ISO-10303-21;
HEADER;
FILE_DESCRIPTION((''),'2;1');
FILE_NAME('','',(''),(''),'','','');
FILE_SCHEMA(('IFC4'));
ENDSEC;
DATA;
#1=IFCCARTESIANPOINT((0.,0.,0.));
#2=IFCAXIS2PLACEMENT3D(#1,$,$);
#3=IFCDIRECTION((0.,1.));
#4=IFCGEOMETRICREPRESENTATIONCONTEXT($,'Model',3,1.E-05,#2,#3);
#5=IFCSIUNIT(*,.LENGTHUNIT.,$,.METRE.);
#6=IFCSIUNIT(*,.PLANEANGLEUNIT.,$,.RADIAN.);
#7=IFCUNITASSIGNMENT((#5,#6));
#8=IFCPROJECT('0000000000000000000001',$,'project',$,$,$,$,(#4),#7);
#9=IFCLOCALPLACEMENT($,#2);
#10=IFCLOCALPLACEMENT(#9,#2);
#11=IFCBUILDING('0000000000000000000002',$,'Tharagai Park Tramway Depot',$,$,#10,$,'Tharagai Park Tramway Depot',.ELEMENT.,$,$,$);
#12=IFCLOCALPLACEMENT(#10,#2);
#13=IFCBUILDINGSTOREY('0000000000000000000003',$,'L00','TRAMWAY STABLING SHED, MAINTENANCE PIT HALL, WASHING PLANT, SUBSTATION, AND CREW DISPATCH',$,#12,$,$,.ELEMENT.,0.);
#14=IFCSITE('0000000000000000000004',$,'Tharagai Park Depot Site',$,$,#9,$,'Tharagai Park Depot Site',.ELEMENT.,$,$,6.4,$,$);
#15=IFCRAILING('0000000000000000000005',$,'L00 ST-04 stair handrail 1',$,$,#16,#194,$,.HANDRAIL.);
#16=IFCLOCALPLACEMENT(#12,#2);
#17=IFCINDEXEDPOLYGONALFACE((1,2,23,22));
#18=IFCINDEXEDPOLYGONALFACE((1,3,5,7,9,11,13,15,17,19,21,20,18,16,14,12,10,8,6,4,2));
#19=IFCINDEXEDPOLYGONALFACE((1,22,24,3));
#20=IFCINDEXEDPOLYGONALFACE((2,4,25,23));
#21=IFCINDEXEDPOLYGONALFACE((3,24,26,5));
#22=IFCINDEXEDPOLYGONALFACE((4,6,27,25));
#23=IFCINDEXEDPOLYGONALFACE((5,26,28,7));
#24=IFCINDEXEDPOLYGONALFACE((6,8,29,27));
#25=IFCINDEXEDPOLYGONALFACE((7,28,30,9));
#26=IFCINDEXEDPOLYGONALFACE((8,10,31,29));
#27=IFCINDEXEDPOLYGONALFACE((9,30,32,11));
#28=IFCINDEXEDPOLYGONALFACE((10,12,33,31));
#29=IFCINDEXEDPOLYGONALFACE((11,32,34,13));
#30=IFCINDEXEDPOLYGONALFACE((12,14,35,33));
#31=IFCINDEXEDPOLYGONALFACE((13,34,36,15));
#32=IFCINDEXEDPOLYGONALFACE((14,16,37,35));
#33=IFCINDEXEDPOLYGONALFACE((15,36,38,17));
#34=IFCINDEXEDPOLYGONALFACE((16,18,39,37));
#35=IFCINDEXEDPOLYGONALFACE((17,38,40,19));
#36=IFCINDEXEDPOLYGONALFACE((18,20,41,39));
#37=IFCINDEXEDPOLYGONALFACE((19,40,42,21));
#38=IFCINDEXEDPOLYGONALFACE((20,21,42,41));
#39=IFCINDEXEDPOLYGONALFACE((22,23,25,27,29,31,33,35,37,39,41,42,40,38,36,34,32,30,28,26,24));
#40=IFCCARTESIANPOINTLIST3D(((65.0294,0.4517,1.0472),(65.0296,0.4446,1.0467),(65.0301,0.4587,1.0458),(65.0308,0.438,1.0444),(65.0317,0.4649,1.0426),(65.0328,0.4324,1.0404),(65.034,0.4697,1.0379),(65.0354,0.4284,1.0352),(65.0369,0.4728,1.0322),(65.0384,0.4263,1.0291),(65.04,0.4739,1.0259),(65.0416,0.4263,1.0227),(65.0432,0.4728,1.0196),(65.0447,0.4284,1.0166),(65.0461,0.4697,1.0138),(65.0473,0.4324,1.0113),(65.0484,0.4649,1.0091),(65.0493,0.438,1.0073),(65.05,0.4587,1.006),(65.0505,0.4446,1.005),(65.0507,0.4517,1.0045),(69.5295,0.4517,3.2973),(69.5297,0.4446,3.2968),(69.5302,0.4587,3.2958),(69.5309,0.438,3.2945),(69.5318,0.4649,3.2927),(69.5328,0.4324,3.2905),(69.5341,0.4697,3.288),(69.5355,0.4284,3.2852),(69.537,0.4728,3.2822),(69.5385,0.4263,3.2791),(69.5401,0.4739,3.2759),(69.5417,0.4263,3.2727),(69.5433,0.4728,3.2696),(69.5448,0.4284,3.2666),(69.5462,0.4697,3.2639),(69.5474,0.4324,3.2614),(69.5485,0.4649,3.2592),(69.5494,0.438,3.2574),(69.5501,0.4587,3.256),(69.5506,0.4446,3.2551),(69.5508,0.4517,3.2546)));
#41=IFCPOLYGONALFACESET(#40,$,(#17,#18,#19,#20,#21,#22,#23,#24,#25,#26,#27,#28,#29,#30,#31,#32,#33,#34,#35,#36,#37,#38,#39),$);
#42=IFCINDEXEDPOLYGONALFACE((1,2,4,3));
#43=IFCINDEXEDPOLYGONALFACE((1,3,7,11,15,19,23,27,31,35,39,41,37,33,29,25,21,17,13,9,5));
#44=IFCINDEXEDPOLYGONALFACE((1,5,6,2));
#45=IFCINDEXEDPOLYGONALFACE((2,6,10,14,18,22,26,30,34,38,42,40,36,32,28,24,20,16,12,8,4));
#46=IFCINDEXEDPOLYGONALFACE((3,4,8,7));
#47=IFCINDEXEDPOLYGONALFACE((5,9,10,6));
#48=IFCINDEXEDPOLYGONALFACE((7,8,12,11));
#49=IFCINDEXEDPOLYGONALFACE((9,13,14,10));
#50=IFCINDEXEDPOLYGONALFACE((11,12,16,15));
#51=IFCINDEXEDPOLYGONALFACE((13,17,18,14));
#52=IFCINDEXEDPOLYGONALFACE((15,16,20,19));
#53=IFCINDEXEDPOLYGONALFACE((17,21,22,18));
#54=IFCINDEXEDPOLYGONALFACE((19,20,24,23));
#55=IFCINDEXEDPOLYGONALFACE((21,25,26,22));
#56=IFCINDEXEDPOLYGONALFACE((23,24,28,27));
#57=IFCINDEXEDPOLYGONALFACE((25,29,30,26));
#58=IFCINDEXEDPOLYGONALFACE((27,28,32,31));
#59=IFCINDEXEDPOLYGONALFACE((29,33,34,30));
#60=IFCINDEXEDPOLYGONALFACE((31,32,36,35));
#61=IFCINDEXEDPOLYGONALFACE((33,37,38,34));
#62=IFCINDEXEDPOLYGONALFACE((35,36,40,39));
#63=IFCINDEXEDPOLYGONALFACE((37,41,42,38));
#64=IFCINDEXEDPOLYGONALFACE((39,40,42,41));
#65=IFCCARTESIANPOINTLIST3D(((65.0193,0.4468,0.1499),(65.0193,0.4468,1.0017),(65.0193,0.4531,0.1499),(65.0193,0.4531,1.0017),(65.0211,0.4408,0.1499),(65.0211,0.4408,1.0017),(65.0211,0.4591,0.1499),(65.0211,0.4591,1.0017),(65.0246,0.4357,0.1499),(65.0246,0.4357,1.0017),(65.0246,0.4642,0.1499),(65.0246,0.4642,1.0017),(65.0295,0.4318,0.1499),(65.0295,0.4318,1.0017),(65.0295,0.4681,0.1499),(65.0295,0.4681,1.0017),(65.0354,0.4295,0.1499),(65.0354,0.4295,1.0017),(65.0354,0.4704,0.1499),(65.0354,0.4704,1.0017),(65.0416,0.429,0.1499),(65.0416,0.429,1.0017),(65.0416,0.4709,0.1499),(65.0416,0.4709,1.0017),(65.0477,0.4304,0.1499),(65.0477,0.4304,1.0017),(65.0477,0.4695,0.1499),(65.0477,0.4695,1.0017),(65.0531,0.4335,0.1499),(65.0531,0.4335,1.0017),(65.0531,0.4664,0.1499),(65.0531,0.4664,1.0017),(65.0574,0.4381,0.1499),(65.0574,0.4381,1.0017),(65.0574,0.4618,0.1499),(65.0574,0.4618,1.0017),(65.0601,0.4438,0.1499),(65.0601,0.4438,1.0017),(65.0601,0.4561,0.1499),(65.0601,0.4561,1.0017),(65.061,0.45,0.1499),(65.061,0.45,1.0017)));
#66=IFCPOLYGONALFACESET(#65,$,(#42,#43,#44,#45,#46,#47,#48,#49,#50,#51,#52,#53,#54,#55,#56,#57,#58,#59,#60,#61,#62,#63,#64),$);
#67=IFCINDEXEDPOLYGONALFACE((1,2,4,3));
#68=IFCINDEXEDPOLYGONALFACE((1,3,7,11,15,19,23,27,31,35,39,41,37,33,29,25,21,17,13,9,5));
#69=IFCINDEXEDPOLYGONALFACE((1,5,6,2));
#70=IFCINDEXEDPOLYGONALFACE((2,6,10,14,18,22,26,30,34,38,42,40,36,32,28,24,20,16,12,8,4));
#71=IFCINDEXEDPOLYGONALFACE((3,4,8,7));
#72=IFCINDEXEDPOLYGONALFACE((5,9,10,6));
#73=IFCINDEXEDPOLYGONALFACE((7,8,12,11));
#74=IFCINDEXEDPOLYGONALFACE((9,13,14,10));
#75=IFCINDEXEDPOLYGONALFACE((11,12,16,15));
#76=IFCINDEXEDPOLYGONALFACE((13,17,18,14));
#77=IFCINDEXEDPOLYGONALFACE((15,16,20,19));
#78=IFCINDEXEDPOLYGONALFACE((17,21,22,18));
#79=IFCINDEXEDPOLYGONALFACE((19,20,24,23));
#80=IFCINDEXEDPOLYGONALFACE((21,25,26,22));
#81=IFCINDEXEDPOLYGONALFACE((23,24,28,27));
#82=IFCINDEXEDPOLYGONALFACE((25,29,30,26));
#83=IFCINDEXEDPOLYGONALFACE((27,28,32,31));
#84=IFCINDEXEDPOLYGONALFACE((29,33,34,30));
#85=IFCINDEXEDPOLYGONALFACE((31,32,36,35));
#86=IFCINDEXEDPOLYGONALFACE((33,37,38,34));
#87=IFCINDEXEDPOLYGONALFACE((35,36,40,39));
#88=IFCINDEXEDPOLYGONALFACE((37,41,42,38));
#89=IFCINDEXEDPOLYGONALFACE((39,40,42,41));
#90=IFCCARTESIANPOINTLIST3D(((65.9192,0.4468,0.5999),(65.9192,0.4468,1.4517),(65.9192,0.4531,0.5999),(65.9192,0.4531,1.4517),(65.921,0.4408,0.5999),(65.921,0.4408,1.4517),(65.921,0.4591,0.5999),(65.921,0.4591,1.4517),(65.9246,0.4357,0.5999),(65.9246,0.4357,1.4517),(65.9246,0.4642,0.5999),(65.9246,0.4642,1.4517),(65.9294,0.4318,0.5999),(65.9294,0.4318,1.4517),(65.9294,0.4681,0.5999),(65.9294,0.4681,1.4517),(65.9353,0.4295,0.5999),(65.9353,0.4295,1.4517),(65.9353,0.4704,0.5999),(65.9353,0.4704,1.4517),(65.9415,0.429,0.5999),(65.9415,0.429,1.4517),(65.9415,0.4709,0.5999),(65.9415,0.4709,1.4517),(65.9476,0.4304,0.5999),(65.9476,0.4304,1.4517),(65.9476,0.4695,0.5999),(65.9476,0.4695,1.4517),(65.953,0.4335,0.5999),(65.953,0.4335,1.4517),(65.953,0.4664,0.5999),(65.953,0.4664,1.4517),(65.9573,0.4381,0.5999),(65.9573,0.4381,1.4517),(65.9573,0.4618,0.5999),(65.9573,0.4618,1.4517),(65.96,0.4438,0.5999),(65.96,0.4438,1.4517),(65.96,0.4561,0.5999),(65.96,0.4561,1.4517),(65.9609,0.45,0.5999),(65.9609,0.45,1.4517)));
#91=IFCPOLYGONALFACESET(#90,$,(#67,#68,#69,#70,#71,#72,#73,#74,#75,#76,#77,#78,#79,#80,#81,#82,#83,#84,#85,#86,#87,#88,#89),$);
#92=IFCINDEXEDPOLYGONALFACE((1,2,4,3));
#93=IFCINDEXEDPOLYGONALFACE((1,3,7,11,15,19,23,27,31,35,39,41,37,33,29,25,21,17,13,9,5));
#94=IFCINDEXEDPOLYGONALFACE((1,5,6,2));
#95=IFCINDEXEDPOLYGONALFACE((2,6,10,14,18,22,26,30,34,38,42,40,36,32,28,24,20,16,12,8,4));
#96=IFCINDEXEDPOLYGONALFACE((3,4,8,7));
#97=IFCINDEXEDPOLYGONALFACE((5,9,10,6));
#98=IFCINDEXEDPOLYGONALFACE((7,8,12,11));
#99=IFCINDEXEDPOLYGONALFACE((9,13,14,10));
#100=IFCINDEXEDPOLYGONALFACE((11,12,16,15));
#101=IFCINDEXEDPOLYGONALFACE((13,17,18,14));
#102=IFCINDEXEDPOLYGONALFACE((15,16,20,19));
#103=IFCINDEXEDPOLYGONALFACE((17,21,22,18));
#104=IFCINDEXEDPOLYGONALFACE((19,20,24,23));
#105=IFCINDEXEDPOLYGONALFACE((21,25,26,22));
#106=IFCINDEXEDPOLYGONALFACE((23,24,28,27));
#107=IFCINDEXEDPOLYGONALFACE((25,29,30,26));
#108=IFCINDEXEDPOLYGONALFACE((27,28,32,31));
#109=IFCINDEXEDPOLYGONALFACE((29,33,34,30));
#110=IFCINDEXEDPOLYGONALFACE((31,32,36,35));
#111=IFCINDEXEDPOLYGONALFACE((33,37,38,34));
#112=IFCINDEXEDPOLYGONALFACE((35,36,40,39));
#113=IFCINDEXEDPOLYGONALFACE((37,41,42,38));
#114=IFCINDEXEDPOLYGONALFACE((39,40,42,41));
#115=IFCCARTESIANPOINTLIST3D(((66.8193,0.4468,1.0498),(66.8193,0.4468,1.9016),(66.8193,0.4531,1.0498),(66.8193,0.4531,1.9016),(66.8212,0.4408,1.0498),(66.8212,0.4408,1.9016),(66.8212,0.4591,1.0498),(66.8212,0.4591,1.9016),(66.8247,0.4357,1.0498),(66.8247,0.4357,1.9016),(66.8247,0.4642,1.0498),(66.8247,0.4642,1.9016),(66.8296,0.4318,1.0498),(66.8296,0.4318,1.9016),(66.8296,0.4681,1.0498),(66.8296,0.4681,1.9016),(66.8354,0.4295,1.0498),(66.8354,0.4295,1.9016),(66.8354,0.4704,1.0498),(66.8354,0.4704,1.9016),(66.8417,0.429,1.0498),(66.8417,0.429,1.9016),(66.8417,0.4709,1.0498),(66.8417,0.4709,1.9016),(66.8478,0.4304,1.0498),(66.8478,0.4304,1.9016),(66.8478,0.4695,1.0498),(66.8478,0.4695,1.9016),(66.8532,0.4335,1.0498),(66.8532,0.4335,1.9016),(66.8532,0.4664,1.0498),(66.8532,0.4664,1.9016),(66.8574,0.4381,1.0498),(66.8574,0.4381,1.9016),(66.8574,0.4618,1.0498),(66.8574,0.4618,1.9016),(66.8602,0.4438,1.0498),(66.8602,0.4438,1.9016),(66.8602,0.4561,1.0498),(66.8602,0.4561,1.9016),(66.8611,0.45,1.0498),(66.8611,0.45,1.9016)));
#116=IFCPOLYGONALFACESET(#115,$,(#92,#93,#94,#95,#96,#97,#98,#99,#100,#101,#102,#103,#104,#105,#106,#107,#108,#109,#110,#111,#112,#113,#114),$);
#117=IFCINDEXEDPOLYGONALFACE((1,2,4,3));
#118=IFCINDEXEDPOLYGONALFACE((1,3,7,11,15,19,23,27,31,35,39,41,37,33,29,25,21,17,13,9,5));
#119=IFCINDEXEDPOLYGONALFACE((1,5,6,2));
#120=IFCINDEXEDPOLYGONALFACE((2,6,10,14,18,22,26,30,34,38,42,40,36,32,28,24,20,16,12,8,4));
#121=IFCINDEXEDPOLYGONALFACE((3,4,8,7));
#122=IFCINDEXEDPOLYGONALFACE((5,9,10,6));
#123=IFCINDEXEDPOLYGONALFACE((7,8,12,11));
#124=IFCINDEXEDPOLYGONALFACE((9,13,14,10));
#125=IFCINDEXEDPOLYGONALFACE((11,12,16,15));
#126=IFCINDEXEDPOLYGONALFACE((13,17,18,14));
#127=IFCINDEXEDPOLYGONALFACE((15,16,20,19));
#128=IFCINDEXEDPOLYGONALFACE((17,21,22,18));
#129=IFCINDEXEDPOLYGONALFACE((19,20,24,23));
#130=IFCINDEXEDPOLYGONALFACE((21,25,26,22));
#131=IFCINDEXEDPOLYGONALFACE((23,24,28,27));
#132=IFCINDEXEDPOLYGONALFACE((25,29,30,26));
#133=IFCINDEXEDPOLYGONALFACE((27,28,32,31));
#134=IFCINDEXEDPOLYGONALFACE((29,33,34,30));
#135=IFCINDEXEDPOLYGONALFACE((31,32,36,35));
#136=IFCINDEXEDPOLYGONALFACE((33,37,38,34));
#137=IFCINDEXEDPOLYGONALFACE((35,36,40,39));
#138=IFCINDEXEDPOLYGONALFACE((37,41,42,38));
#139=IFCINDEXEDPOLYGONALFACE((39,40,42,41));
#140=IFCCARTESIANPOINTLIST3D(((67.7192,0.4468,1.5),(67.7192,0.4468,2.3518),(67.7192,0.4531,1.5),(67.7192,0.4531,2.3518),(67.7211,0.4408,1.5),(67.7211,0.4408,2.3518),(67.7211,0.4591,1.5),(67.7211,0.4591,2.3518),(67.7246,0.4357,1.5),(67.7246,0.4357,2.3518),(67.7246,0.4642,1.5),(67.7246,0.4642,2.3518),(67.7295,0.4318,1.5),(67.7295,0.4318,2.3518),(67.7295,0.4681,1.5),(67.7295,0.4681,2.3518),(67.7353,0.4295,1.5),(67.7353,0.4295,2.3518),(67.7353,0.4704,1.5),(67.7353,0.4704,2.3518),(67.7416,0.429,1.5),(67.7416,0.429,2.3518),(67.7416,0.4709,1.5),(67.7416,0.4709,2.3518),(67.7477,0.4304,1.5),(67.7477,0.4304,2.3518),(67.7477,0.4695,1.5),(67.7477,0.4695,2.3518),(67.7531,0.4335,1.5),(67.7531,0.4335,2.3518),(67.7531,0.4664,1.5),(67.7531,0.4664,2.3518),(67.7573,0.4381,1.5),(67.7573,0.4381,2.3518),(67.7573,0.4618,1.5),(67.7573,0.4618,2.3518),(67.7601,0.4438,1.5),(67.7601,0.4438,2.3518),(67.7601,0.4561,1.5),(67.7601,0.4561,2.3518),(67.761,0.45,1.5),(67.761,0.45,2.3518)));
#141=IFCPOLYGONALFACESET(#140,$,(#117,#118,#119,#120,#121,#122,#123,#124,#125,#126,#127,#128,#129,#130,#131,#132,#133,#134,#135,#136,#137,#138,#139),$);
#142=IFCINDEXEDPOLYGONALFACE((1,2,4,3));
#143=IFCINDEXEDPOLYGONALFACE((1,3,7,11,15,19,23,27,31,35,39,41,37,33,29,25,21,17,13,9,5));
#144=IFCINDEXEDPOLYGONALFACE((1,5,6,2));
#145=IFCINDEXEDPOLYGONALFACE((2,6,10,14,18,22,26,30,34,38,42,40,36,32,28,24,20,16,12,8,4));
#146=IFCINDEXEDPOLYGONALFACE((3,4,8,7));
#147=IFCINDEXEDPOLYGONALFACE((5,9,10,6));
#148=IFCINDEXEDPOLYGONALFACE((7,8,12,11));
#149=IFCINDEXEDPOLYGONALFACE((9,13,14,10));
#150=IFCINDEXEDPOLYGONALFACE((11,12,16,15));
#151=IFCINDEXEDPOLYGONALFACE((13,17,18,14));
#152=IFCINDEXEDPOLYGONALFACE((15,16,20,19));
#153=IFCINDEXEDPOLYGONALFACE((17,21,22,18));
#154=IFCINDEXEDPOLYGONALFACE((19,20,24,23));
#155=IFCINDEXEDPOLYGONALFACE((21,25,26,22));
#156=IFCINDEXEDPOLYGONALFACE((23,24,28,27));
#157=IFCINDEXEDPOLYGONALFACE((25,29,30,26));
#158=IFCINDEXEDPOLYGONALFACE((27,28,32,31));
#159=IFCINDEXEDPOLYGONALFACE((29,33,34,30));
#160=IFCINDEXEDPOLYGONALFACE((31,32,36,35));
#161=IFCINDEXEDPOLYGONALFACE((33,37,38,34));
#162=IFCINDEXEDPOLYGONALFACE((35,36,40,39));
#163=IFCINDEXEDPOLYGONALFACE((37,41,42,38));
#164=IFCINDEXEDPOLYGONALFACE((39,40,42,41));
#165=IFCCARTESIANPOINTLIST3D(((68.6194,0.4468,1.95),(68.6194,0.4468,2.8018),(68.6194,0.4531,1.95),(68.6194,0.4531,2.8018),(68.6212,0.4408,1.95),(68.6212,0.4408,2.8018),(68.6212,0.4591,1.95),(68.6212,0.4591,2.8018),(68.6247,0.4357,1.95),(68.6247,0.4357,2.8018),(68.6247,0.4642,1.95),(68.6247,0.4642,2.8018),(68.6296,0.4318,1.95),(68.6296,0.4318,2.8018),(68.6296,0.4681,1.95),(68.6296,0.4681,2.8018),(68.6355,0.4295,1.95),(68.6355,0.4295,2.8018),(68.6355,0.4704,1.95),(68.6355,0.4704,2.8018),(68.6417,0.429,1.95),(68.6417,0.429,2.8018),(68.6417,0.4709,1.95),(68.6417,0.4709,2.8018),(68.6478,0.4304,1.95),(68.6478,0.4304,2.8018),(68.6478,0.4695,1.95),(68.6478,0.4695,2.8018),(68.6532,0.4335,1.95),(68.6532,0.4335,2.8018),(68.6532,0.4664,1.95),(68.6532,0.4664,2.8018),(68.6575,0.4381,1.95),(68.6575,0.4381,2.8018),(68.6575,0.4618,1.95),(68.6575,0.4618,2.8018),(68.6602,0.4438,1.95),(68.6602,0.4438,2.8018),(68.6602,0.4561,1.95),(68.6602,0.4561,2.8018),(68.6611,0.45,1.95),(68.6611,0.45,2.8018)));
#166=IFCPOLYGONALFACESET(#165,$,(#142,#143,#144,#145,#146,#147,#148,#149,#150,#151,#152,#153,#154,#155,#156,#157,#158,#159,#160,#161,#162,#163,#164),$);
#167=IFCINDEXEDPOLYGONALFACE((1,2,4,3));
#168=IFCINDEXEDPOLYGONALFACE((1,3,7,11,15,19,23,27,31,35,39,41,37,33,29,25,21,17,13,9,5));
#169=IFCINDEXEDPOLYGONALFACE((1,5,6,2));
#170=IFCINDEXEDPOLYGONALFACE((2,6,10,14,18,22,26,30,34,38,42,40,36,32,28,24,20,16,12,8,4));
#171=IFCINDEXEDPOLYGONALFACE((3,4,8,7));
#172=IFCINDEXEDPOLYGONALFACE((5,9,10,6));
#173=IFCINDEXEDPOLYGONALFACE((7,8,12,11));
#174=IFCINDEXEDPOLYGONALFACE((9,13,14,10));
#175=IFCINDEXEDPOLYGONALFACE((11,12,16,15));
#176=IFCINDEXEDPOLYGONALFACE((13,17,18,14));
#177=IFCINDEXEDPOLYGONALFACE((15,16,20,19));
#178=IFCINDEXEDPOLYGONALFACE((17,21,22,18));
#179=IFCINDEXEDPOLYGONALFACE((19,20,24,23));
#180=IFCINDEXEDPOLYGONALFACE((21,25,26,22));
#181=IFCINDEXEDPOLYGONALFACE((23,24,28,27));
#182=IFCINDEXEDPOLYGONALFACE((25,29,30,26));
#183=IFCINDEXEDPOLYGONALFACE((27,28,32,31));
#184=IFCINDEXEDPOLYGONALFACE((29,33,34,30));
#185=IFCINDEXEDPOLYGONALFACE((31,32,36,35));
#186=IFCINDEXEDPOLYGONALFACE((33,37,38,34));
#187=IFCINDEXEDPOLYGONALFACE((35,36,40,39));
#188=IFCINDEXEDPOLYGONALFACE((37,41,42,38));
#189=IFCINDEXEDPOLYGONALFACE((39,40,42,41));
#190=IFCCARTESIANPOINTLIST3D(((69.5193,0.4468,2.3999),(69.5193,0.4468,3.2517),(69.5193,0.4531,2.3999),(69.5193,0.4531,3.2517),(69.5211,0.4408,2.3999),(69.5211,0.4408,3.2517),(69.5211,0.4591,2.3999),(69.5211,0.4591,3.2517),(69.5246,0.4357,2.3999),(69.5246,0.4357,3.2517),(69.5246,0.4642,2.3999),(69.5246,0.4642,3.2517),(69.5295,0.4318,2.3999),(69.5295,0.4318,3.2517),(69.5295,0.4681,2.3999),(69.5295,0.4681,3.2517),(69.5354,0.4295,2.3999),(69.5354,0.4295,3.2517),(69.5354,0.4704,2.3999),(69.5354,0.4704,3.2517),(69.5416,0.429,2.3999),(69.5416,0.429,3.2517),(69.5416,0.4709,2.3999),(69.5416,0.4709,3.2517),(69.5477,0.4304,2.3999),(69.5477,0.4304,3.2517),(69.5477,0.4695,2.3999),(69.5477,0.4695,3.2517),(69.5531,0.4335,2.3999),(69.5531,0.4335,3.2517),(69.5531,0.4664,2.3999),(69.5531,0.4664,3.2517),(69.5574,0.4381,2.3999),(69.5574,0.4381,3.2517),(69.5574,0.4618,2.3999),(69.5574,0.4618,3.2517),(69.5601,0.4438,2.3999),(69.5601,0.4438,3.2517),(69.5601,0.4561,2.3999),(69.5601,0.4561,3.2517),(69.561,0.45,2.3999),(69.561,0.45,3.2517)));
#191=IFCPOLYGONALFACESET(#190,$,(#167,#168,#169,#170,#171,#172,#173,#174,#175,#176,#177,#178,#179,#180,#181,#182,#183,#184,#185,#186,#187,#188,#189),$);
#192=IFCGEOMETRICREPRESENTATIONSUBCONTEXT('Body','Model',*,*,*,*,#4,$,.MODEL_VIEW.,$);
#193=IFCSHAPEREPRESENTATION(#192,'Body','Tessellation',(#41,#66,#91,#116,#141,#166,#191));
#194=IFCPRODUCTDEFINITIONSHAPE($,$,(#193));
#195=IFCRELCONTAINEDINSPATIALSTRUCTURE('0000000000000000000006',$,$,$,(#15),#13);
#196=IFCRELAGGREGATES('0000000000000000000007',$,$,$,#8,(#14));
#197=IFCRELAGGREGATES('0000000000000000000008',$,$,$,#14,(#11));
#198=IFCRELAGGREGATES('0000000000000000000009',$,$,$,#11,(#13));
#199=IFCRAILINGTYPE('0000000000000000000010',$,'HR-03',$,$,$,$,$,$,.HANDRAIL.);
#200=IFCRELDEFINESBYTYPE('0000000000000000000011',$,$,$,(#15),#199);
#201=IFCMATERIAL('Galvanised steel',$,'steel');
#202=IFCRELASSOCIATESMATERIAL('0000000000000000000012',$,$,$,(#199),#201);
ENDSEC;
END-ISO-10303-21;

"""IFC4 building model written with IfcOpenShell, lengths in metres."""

from ifc_helpers import new_model, si_unit, direction, frame, origin, origin_2d, place, context, subcontext, project, spatial, circle, extrude, material, type_object, element, save


model = new_model("IFC4")

# Units and contexts
model_context = context("Model", 3, precision=1e-05, world=origin(), true_north=direction((0.0, 1.0)))
body_context = subcontext(model_context, "Body", "Model", "MODEL_VIEW")
ifc_project = project(units=[si_unit("LENGTHUNIT", "METRE"), si_unit("PLANEANGLEUNIT", "RADIAN")], contexts=[model_context])

# Site, building, storey
site_placement = place(None, origin())
site = spatial("IfcSite", under=ifc_project, at=site_placement, Name="Tharagai Park Depot Site", LongName="Tharagai Park Depot Site", CompositionType="ELEMENT", RefElevation=6.4)
building_placement = place(site_placement, origin())
building = spatial("IfcBuilding", under=site, at=building_placement, Name="Tharagai Park Tramway Depot", LongName="Tharagai Park Tramway Depot", CompositionType="ELEMENT")
storey_placement = place(building_placement, origin())
storey = spatial("IfcBuildingStorey", under=building, at=storey_placement, Name="L00", Description="TRAMWAY STABLING SHED, MAINTENANCE PIT HALL, WASHING PLANT, SUBSTATION, AND CREW DISPATCH", CompositionType="ELEMENT", Elevation=0.0)

# Railing
ifc_material_1 = material(Name="Galvanised steel", Category="steel")
railing_type_1 = type_object("IfcRailingType", Name="HR-03", PredefinedType="HANDRAIL", material=ifc_material_1)
railing_placement = place(storey_placement, frame((65.04, 0.45, 0.1499)))
element("IfcRailing", 1, at=railing_placement, inside=storey, type_object=railing_type_1, Name="L00 ST-04 stair handrail 1", PredefinedType="HANDRAIL", context=body_context, shape_type="SweptSolid", body=[
    extrude(circle(Radius=0.0239, at=origin_2d()), frame((0.0, 0.0, 0.876), z_axis=(0.894427, 0.0, 0.447214), x_axis=(0.0, 1.0, 0.0)), (0.0, 0.0, 1.0), 5.0312),
    extrude(circle(Radius=0.021, at=origin_2d()), origin(), (0.0, 0.0, 1.0), 0.8518),
    extrude(circle(Radius=0.021, at=origin_2d()), frame((0.8999, 0.0, 0.45)), (0.0, 0.0, 1.0), 0.8518),
    extrude(circle(Radius=0.021, at=origin_2d()), frame((1.8, 0.0, 0.8999)), (0.0, 0.0, 1.0), 0.8518),
    extrude(circle(Radius=0.021, at=origin_2d()), frame((2.7, 0.0, 1.3501)), (0.0, 0.0, 1.0), 0.8518),
    extrude(circle(Radius=0.021, at=origin_2d()), frame((3.6001, 0.0, 1.8)), (0.0, 0.0, 1.0), 0.8518),
    extrude(circle(Radius=0.021, at=origin_2d()), frame((4.5, 0.0, 2.25)), (0.0, 0.0, 1.0), 0.8518),
])

save(model, "model.ifc")
